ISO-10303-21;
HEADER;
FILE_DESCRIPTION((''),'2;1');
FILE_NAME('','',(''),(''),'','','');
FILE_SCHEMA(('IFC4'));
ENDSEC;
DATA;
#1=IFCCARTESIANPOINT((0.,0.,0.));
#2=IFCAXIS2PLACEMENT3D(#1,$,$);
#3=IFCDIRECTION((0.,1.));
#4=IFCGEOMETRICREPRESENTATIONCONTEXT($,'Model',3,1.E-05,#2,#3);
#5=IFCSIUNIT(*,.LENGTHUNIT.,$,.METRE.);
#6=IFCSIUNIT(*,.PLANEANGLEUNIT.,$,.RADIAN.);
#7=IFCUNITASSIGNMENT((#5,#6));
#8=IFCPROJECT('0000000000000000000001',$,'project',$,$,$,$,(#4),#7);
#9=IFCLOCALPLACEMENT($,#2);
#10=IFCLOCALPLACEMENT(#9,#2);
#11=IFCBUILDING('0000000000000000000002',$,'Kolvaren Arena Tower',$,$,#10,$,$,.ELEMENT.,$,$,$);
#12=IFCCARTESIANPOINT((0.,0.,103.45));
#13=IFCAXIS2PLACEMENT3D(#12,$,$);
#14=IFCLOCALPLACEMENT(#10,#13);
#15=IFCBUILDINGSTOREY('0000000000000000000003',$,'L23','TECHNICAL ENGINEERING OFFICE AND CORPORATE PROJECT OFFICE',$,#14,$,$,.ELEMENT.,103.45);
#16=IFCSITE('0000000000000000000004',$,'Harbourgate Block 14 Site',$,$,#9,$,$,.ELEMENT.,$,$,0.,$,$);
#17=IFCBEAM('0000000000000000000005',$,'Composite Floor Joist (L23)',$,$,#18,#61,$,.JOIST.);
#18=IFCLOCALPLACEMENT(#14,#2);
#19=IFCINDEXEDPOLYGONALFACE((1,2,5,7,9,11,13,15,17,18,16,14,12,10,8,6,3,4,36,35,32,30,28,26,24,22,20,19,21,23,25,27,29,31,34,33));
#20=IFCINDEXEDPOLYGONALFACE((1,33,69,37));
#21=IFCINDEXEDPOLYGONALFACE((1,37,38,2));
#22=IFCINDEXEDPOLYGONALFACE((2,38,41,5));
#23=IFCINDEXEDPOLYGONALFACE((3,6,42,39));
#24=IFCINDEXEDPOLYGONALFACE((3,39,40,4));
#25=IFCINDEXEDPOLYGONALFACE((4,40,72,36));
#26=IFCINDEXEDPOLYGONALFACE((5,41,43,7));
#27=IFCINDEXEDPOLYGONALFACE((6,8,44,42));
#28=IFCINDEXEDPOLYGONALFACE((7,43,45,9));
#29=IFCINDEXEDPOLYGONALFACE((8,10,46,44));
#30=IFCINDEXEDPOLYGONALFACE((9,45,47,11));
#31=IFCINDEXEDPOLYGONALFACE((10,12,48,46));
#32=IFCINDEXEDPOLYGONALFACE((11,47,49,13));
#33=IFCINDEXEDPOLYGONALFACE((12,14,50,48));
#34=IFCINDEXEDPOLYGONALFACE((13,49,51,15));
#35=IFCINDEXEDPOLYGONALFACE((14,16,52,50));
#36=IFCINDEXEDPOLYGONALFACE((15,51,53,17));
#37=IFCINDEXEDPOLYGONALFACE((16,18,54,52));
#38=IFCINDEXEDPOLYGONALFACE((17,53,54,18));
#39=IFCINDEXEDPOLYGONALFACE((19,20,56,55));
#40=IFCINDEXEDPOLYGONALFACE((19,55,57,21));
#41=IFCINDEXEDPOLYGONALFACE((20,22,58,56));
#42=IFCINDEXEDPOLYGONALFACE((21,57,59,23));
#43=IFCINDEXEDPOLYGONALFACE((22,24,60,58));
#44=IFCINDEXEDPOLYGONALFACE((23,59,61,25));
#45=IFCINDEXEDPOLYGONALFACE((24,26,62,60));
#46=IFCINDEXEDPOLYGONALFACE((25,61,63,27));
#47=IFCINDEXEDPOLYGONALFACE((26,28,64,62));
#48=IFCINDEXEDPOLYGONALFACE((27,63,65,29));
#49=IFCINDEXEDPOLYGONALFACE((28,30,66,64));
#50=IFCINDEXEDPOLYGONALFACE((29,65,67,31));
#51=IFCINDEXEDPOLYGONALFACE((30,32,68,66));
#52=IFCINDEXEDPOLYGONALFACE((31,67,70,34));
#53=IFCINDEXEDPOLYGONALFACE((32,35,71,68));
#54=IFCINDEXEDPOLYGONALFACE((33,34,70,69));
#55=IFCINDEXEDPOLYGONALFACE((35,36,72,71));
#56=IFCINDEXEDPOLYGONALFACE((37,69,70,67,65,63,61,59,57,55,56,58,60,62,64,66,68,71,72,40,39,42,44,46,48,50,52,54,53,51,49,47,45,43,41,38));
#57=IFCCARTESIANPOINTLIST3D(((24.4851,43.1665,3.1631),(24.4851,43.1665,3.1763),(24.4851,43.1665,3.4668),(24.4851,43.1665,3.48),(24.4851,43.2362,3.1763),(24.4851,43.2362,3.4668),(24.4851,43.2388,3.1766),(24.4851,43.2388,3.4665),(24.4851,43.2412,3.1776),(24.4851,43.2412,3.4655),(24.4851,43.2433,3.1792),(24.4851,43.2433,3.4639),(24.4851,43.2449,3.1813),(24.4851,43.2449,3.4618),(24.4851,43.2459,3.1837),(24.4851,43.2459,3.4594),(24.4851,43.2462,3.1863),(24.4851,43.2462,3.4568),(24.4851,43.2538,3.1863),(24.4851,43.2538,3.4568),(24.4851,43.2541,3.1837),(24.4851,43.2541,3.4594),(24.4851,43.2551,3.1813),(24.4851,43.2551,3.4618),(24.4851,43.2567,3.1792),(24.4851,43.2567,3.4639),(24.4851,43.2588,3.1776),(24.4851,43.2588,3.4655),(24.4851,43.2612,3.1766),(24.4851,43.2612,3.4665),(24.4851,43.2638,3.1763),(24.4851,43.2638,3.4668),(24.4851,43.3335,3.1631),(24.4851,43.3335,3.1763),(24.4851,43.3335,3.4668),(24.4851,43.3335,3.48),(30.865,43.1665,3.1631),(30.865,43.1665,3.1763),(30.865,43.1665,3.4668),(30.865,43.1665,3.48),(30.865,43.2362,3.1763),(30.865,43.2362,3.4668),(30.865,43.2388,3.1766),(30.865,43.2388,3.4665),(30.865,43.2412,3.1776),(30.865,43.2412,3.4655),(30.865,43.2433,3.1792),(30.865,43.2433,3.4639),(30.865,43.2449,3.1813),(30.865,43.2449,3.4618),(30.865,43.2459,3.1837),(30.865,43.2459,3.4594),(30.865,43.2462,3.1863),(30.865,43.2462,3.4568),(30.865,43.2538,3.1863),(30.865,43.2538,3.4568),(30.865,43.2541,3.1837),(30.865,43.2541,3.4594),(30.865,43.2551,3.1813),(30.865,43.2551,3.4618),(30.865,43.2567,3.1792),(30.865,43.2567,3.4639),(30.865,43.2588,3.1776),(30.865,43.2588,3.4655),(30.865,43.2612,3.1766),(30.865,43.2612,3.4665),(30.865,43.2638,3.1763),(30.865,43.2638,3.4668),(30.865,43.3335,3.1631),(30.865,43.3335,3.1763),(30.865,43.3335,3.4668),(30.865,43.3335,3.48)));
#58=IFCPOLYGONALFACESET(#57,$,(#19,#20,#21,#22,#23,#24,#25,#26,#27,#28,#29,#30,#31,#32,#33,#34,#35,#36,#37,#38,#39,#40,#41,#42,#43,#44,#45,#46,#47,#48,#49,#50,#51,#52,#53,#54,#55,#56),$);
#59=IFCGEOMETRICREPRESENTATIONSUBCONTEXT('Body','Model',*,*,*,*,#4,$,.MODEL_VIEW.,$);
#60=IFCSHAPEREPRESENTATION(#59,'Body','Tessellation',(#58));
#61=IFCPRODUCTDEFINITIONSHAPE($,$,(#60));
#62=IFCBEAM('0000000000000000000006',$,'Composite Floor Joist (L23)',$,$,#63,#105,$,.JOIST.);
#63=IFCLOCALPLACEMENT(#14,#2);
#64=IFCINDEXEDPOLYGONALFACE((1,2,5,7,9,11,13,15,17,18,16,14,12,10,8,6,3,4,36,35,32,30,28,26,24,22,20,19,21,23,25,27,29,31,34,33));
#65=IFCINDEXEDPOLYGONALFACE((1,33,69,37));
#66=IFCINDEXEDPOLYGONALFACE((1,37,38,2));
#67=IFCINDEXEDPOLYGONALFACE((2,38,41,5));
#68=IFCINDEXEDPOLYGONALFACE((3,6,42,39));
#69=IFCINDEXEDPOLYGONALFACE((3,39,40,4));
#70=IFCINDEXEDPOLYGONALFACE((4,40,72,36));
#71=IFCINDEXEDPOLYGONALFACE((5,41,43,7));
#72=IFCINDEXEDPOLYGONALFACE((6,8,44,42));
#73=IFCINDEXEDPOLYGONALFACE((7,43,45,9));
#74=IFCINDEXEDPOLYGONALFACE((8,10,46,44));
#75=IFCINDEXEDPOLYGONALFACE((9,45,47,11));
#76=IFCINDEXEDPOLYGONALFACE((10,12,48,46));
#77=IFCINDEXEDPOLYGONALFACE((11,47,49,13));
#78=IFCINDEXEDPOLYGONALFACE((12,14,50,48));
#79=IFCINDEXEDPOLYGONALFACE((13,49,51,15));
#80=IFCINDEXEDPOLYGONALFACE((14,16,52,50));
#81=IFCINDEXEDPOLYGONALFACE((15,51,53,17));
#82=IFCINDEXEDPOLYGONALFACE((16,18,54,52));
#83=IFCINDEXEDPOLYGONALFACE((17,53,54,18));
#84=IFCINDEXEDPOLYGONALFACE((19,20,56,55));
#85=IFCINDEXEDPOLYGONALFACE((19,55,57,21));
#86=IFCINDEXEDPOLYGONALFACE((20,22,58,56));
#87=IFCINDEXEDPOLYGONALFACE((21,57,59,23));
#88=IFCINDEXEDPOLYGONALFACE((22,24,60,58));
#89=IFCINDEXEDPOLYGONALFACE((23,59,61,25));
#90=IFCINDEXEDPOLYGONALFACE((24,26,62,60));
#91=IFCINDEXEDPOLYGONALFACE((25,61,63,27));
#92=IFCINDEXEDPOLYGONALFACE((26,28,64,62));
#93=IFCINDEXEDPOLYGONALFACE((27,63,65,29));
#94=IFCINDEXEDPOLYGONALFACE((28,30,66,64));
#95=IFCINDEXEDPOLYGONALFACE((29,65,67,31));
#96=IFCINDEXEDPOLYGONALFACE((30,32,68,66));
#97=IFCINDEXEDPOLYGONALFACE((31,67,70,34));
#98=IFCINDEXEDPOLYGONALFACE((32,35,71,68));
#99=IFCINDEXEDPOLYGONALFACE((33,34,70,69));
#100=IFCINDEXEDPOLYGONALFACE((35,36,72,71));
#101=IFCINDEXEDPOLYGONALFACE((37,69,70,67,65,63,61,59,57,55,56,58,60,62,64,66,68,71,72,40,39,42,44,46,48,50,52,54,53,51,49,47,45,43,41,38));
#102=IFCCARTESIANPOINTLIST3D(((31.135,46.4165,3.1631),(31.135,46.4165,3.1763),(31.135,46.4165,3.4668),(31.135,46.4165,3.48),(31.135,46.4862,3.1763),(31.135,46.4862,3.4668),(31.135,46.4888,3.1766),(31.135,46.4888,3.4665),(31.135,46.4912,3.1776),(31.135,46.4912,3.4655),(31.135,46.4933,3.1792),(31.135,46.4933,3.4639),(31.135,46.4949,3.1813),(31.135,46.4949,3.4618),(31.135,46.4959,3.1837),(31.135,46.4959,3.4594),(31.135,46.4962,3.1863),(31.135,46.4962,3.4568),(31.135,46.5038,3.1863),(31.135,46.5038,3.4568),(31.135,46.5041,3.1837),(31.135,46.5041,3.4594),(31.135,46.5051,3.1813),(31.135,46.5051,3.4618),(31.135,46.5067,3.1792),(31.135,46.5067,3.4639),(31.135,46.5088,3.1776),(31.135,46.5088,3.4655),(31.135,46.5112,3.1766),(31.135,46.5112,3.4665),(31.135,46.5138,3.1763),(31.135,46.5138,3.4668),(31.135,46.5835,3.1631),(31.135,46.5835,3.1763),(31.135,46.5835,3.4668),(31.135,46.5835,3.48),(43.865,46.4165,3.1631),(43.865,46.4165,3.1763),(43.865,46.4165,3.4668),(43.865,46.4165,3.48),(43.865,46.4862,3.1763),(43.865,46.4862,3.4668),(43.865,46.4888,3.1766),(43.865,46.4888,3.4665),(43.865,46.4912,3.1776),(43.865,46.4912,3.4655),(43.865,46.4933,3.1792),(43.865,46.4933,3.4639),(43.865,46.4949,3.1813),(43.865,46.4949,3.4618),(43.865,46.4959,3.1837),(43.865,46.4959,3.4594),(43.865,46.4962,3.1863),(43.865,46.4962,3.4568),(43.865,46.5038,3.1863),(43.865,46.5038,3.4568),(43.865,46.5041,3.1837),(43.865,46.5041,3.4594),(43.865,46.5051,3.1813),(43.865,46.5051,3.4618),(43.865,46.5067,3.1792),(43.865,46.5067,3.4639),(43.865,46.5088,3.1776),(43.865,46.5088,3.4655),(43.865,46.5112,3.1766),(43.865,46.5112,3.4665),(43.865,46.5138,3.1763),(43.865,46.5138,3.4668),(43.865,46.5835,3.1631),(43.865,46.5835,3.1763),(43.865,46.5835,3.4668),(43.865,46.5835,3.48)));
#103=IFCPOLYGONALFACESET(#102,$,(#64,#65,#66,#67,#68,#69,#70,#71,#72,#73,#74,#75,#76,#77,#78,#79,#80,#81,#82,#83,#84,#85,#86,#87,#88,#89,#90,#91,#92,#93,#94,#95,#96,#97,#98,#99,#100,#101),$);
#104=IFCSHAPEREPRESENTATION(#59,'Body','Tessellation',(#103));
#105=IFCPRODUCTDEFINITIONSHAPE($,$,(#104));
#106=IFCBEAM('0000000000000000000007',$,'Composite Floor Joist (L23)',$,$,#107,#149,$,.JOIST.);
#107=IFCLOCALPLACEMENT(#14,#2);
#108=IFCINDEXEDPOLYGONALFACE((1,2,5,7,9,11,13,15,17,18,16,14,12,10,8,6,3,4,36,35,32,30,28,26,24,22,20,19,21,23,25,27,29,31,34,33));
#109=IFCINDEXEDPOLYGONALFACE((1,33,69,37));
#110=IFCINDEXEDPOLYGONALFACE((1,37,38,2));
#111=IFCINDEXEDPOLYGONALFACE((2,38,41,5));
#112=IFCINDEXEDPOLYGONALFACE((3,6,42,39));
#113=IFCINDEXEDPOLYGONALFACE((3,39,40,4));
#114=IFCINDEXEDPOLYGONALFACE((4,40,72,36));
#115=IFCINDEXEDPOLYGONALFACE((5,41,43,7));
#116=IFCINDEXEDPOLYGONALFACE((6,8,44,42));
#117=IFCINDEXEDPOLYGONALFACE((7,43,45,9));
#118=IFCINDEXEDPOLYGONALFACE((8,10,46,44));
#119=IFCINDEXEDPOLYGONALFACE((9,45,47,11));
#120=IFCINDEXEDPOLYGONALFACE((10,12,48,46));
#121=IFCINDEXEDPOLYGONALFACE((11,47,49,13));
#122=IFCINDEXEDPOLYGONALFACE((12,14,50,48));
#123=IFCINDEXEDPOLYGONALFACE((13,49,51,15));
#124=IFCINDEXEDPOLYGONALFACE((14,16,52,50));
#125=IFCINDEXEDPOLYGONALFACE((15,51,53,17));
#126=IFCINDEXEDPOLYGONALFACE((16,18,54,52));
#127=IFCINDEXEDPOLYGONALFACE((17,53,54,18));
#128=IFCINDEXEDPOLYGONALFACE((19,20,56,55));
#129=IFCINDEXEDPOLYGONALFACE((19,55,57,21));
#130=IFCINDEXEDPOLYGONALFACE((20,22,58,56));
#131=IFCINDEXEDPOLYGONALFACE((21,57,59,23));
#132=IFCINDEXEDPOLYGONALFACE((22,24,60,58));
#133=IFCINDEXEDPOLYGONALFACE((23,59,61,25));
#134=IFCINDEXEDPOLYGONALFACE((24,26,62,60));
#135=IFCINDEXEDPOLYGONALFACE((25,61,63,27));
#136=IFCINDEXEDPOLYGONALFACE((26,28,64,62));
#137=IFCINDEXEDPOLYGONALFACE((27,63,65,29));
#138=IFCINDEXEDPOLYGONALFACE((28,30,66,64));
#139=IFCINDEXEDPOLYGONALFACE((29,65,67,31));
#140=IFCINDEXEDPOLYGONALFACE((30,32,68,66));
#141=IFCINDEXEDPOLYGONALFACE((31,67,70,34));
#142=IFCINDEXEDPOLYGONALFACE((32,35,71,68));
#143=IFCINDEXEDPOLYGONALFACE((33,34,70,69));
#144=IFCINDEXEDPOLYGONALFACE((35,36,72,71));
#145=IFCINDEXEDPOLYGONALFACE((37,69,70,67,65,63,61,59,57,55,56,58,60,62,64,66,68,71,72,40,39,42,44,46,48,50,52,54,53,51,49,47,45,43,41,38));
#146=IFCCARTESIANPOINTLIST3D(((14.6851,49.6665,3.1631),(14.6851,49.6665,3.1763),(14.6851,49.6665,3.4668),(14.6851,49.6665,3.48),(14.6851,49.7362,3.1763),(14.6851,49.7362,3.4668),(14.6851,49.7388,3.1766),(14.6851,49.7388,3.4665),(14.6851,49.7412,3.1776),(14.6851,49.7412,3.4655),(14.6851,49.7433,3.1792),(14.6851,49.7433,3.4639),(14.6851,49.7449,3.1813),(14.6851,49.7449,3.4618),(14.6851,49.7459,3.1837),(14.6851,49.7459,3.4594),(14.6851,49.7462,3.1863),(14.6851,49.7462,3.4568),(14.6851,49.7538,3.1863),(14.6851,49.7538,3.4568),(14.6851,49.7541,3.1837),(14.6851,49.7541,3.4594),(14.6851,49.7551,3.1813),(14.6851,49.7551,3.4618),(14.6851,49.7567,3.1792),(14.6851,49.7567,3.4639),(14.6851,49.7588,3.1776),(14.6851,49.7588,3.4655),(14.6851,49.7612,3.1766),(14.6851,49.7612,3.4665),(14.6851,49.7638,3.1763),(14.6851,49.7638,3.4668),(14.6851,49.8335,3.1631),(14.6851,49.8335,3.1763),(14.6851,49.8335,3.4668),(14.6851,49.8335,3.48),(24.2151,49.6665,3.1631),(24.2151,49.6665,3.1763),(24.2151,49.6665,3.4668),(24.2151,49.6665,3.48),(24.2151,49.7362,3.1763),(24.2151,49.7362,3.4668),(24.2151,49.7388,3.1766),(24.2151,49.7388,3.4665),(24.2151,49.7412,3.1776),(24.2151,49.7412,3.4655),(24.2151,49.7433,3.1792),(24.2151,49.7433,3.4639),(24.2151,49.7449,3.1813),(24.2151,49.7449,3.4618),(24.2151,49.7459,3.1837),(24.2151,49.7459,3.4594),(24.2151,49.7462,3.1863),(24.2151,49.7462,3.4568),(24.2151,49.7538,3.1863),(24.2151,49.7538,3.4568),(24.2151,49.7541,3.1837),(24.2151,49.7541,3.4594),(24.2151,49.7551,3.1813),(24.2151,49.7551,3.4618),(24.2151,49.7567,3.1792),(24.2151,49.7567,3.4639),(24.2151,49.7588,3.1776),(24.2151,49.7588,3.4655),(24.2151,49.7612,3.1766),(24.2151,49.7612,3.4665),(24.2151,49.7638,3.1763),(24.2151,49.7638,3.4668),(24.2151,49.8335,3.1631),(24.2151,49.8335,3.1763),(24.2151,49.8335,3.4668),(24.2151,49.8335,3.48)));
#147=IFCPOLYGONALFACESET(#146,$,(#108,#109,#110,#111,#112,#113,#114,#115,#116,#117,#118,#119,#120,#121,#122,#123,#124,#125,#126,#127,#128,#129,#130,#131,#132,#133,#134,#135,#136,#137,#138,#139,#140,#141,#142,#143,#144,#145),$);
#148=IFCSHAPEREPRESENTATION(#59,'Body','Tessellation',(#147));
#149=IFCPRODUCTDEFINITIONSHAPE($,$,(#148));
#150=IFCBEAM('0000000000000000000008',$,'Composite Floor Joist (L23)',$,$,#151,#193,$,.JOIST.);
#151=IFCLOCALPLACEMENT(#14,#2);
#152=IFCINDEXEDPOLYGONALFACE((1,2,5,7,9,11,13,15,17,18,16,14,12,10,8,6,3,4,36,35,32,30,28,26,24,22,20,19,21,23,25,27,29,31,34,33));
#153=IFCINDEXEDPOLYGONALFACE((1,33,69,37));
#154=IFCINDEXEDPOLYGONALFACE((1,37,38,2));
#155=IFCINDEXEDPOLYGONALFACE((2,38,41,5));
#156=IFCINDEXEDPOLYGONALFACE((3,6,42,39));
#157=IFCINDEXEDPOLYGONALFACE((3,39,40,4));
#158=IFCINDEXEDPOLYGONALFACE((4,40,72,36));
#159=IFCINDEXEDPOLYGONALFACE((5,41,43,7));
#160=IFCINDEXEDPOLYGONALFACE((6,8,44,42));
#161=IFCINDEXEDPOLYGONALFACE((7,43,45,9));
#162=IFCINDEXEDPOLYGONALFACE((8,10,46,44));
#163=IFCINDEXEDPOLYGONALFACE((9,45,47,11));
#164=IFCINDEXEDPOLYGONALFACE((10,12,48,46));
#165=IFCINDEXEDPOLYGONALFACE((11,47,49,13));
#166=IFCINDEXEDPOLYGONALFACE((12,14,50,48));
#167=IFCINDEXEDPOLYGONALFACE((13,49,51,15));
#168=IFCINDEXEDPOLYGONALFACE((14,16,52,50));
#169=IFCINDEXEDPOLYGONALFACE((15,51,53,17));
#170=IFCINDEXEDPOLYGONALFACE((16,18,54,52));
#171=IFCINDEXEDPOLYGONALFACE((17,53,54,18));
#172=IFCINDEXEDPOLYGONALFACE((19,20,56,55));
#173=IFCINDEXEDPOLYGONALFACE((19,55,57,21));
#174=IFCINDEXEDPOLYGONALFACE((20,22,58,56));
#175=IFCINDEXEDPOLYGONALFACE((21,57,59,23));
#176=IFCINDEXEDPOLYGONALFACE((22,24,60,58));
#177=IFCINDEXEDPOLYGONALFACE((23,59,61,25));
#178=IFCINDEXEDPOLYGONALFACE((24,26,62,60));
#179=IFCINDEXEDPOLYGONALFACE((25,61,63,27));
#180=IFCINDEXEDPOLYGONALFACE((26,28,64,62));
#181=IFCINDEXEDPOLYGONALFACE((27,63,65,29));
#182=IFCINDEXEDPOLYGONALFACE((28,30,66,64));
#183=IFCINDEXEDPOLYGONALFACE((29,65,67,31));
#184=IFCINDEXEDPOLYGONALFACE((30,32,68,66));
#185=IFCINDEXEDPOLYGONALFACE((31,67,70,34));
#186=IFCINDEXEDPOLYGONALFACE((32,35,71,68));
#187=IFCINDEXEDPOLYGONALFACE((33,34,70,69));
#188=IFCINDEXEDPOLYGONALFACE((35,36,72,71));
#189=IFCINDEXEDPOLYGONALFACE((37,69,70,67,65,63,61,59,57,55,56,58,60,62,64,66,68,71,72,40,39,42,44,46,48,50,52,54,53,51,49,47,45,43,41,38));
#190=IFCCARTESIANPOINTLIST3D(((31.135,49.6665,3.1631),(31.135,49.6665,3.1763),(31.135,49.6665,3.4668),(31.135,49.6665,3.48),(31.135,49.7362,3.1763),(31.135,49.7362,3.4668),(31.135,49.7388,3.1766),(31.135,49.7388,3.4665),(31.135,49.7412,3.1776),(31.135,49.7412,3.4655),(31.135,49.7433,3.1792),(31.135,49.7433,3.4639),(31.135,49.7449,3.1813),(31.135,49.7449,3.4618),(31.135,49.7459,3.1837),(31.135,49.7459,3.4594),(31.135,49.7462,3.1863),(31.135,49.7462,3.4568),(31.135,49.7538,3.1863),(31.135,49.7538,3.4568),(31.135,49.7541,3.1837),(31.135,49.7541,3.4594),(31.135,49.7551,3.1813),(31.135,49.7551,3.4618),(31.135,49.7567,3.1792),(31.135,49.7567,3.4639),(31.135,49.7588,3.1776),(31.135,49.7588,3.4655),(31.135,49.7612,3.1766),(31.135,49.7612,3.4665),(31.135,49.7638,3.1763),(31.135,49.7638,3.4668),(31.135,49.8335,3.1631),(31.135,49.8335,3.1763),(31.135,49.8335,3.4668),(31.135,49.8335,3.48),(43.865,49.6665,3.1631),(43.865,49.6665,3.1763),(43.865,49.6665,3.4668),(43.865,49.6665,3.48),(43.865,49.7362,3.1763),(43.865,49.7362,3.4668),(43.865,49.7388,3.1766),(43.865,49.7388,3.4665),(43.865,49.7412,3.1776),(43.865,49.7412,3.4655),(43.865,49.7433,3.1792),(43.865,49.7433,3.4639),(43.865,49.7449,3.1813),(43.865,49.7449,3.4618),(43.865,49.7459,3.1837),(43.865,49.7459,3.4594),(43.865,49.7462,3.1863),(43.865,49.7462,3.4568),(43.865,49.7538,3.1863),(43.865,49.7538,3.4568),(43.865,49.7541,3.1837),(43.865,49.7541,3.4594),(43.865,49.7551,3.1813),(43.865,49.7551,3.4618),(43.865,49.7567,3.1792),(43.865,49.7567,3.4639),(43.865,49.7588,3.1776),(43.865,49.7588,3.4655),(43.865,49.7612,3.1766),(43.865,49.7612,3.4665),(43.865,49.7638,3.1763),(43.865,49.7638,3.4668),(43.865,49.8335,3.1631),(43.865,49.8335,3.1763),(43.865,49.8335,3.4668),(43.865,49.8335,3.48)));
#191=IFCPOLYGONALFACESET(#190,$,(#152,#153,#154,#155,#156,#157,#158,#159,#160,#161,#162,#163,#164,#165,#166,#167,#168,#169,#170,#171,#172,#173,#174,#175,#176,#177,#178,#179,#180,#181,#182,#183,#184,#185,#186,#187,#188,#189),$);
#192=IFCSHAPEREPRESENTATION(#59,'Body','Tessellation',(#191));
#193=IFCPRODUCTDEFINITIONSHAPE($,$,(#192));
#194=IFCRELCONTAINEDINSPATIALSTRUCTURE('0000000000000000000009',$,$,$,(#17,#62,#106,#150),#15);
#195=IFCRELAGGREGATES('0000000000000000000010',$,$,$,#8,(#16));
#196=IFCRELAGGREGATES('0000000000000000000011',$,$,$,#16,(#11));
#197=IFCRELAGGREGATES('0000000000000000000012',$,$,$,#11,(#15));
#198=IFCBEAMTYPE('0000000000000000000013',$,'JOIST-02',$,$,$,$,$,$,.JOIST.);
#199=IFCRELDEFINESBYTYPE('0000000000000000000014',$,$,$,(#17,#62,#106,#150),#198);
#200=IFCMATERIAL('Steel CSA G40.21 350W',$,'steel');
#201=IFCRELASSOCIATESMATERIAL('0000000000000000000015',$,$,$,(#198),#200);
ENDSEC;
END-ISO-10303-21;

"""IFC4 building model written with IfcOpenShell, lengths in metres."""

from ifc_helpers import new_model, si_unit, direction, frame, origin, origin_2d, place, context, subcontext, project, spatial, i_section, extrude, material, material_profile, profile_set, type_object, element, save


model = new_model("IFC4")

# Units and contexts
model_context = context("Model", 3, precision=1e-05, world=origin(), true_north=direction((0.0, 1.0)))
body_context = subcontext(model_context, "Body", "Model", "MODEL_VIEW")
ifc_project = project(units=[si_unit("LENGTHUNIT", "METRE"), si_unit("PLANEANGLEUNIT", "RADIAN")], contexts=[model_context])

# Site, building, storey
site_placement = place(None, origin())
site = spatial("IfcSite", under=ifc_project, at=site_placement, Name="Harbourgate Block 14 Site", CompositionType="ELEMENT", RefElevation=0.0)
building_placement = place(site_placement, origin())
building = spatial("IfcBuilding", under=site, at=building_placement, Name="Kolvaren Arena Tower", CompositionType="ELEMENT")
storey_placement = place(building_placement, frame((0.0, 0.0, 103.45)))
storey = spatial("IfcBuildingStorey", under=building, at=storey_placement, Name="L23", Description="TECHNICAL ENGINEERING OFFICE AND CORPORATE PROJECT OFFICE", CompositionType="ELEMENT", Elevation=103.45)

# Beams
ifc_material_1 = material(Name="Steel CSA G40.21 350W", Category="steel")
ifc_material_profile_1 = material_profile(ifc_material_1, i_section(OverallWidth=0.167, OverallDepth=0.3169, WebThickness=0.0076, FlangeThickness=0.0132, FilletRadius=0.01, at=origin_2d()), Name="W310x52")
ifc_profile_set_1 = profile_set([ifc_material_profile_1], Name="Steel CSA G40.21 350W")
beam_type_1 = type_object("IfcBeamType", Name="JOIST-02", PredefinedType="JOIST", material=ifc_profile_set_1)
beam_1_placement = place(storey_placement, frame((24.4851, 43.25, 3.3215), z_axis=(1.0, 0.0, 0.0), x_axis=(0.0, 1.0, 0.0)))
element("IfcBeam", 1, at=beam_1_placement, inside=storey, type_object=beam_type_1, Name="Composite Floor Joist (L23)", PredefinedType="JOIST", context=body_context, shape_type="SweptSolid", body=[
    extrude(i_section(OverallWidth=0.167, OverallDepth=0.3169, WebThickness=0.0076, FlangeThickness=0.0132, FilletRadius=0.01, at=origin_2d()), origin(), (0.0, 0.0, 1.0), 6.3799),
])
beam_2_placement = place(storey_placement, frame((31.135, 46.5, 3.3215), z_axis=(1.0, 0.0, 0.0), x_axis=(0.0, 1.0, 0.0)))
element("IfcBeam", 2, at=beam_2_placement, inside=storey, type_object=beam_type_1, Name="Composite Floor Joist (L23)", PredefinedType="JOIST", context=body_context, shape_type="SweptSolid", body=[
    extrude(i_section(OverallWidth=0.167, OverallDepth=0.3169, WebThickness=0.0076, FlangeThickness=0.0132, FilletRadius=0.01, at=origin_2d()), origin(), (0.0, 0.0, 1.0), 12.73),
])
beam_3_placement = place(storey_placement, frame((14.6851, 49.75, 3.3215), z_axis=(1.0, 0.0, 0.0), x_axis=(0.0, 1.0, 0.0)))
element("IfcBeam", 3, at=beam_3_placement, inside=storey, type_object=beam_type_1, Name="Composite Floor Joist (L23)", PredefinedType="JOIST", context=body_context, shape_type="SweptSolid", body=[
    extrude(i_section(OverallWidth=0.167, OverallDepth=0.3169, WebThickness=0.0076, FlangeThickness=0.0132, FilletRadius=0.01, at=origin_2d()), origin(), (0.0, 0.0, 1.0), 9.53),
])
beam_4_placement = place(storey_placement, frame((31.135, 49.75, 3.3215), z_axis=(1.0, 0.0, 0.0), x_axis=(0.0, 1.0, 0.0)))
element("IfcBeam", 4, at=beam_4_placement, inside=storey, type_object=beam_type_1, Name="Composite Floor Joist (L23)", PredefinedType="JOIST", context=body_context, shape_type="SweptSolid", body=[
    extrude(i_section(OverallWidth=0.167, OverallDepth=0.3169, WebThickness=0.0076, FlangeThickness=0.0132, FilletRadius=0.01, at=origin_2d()), origin(), (0.0, 0.0, 1.0), 12.73),
])

save(model, "model.ifc")
